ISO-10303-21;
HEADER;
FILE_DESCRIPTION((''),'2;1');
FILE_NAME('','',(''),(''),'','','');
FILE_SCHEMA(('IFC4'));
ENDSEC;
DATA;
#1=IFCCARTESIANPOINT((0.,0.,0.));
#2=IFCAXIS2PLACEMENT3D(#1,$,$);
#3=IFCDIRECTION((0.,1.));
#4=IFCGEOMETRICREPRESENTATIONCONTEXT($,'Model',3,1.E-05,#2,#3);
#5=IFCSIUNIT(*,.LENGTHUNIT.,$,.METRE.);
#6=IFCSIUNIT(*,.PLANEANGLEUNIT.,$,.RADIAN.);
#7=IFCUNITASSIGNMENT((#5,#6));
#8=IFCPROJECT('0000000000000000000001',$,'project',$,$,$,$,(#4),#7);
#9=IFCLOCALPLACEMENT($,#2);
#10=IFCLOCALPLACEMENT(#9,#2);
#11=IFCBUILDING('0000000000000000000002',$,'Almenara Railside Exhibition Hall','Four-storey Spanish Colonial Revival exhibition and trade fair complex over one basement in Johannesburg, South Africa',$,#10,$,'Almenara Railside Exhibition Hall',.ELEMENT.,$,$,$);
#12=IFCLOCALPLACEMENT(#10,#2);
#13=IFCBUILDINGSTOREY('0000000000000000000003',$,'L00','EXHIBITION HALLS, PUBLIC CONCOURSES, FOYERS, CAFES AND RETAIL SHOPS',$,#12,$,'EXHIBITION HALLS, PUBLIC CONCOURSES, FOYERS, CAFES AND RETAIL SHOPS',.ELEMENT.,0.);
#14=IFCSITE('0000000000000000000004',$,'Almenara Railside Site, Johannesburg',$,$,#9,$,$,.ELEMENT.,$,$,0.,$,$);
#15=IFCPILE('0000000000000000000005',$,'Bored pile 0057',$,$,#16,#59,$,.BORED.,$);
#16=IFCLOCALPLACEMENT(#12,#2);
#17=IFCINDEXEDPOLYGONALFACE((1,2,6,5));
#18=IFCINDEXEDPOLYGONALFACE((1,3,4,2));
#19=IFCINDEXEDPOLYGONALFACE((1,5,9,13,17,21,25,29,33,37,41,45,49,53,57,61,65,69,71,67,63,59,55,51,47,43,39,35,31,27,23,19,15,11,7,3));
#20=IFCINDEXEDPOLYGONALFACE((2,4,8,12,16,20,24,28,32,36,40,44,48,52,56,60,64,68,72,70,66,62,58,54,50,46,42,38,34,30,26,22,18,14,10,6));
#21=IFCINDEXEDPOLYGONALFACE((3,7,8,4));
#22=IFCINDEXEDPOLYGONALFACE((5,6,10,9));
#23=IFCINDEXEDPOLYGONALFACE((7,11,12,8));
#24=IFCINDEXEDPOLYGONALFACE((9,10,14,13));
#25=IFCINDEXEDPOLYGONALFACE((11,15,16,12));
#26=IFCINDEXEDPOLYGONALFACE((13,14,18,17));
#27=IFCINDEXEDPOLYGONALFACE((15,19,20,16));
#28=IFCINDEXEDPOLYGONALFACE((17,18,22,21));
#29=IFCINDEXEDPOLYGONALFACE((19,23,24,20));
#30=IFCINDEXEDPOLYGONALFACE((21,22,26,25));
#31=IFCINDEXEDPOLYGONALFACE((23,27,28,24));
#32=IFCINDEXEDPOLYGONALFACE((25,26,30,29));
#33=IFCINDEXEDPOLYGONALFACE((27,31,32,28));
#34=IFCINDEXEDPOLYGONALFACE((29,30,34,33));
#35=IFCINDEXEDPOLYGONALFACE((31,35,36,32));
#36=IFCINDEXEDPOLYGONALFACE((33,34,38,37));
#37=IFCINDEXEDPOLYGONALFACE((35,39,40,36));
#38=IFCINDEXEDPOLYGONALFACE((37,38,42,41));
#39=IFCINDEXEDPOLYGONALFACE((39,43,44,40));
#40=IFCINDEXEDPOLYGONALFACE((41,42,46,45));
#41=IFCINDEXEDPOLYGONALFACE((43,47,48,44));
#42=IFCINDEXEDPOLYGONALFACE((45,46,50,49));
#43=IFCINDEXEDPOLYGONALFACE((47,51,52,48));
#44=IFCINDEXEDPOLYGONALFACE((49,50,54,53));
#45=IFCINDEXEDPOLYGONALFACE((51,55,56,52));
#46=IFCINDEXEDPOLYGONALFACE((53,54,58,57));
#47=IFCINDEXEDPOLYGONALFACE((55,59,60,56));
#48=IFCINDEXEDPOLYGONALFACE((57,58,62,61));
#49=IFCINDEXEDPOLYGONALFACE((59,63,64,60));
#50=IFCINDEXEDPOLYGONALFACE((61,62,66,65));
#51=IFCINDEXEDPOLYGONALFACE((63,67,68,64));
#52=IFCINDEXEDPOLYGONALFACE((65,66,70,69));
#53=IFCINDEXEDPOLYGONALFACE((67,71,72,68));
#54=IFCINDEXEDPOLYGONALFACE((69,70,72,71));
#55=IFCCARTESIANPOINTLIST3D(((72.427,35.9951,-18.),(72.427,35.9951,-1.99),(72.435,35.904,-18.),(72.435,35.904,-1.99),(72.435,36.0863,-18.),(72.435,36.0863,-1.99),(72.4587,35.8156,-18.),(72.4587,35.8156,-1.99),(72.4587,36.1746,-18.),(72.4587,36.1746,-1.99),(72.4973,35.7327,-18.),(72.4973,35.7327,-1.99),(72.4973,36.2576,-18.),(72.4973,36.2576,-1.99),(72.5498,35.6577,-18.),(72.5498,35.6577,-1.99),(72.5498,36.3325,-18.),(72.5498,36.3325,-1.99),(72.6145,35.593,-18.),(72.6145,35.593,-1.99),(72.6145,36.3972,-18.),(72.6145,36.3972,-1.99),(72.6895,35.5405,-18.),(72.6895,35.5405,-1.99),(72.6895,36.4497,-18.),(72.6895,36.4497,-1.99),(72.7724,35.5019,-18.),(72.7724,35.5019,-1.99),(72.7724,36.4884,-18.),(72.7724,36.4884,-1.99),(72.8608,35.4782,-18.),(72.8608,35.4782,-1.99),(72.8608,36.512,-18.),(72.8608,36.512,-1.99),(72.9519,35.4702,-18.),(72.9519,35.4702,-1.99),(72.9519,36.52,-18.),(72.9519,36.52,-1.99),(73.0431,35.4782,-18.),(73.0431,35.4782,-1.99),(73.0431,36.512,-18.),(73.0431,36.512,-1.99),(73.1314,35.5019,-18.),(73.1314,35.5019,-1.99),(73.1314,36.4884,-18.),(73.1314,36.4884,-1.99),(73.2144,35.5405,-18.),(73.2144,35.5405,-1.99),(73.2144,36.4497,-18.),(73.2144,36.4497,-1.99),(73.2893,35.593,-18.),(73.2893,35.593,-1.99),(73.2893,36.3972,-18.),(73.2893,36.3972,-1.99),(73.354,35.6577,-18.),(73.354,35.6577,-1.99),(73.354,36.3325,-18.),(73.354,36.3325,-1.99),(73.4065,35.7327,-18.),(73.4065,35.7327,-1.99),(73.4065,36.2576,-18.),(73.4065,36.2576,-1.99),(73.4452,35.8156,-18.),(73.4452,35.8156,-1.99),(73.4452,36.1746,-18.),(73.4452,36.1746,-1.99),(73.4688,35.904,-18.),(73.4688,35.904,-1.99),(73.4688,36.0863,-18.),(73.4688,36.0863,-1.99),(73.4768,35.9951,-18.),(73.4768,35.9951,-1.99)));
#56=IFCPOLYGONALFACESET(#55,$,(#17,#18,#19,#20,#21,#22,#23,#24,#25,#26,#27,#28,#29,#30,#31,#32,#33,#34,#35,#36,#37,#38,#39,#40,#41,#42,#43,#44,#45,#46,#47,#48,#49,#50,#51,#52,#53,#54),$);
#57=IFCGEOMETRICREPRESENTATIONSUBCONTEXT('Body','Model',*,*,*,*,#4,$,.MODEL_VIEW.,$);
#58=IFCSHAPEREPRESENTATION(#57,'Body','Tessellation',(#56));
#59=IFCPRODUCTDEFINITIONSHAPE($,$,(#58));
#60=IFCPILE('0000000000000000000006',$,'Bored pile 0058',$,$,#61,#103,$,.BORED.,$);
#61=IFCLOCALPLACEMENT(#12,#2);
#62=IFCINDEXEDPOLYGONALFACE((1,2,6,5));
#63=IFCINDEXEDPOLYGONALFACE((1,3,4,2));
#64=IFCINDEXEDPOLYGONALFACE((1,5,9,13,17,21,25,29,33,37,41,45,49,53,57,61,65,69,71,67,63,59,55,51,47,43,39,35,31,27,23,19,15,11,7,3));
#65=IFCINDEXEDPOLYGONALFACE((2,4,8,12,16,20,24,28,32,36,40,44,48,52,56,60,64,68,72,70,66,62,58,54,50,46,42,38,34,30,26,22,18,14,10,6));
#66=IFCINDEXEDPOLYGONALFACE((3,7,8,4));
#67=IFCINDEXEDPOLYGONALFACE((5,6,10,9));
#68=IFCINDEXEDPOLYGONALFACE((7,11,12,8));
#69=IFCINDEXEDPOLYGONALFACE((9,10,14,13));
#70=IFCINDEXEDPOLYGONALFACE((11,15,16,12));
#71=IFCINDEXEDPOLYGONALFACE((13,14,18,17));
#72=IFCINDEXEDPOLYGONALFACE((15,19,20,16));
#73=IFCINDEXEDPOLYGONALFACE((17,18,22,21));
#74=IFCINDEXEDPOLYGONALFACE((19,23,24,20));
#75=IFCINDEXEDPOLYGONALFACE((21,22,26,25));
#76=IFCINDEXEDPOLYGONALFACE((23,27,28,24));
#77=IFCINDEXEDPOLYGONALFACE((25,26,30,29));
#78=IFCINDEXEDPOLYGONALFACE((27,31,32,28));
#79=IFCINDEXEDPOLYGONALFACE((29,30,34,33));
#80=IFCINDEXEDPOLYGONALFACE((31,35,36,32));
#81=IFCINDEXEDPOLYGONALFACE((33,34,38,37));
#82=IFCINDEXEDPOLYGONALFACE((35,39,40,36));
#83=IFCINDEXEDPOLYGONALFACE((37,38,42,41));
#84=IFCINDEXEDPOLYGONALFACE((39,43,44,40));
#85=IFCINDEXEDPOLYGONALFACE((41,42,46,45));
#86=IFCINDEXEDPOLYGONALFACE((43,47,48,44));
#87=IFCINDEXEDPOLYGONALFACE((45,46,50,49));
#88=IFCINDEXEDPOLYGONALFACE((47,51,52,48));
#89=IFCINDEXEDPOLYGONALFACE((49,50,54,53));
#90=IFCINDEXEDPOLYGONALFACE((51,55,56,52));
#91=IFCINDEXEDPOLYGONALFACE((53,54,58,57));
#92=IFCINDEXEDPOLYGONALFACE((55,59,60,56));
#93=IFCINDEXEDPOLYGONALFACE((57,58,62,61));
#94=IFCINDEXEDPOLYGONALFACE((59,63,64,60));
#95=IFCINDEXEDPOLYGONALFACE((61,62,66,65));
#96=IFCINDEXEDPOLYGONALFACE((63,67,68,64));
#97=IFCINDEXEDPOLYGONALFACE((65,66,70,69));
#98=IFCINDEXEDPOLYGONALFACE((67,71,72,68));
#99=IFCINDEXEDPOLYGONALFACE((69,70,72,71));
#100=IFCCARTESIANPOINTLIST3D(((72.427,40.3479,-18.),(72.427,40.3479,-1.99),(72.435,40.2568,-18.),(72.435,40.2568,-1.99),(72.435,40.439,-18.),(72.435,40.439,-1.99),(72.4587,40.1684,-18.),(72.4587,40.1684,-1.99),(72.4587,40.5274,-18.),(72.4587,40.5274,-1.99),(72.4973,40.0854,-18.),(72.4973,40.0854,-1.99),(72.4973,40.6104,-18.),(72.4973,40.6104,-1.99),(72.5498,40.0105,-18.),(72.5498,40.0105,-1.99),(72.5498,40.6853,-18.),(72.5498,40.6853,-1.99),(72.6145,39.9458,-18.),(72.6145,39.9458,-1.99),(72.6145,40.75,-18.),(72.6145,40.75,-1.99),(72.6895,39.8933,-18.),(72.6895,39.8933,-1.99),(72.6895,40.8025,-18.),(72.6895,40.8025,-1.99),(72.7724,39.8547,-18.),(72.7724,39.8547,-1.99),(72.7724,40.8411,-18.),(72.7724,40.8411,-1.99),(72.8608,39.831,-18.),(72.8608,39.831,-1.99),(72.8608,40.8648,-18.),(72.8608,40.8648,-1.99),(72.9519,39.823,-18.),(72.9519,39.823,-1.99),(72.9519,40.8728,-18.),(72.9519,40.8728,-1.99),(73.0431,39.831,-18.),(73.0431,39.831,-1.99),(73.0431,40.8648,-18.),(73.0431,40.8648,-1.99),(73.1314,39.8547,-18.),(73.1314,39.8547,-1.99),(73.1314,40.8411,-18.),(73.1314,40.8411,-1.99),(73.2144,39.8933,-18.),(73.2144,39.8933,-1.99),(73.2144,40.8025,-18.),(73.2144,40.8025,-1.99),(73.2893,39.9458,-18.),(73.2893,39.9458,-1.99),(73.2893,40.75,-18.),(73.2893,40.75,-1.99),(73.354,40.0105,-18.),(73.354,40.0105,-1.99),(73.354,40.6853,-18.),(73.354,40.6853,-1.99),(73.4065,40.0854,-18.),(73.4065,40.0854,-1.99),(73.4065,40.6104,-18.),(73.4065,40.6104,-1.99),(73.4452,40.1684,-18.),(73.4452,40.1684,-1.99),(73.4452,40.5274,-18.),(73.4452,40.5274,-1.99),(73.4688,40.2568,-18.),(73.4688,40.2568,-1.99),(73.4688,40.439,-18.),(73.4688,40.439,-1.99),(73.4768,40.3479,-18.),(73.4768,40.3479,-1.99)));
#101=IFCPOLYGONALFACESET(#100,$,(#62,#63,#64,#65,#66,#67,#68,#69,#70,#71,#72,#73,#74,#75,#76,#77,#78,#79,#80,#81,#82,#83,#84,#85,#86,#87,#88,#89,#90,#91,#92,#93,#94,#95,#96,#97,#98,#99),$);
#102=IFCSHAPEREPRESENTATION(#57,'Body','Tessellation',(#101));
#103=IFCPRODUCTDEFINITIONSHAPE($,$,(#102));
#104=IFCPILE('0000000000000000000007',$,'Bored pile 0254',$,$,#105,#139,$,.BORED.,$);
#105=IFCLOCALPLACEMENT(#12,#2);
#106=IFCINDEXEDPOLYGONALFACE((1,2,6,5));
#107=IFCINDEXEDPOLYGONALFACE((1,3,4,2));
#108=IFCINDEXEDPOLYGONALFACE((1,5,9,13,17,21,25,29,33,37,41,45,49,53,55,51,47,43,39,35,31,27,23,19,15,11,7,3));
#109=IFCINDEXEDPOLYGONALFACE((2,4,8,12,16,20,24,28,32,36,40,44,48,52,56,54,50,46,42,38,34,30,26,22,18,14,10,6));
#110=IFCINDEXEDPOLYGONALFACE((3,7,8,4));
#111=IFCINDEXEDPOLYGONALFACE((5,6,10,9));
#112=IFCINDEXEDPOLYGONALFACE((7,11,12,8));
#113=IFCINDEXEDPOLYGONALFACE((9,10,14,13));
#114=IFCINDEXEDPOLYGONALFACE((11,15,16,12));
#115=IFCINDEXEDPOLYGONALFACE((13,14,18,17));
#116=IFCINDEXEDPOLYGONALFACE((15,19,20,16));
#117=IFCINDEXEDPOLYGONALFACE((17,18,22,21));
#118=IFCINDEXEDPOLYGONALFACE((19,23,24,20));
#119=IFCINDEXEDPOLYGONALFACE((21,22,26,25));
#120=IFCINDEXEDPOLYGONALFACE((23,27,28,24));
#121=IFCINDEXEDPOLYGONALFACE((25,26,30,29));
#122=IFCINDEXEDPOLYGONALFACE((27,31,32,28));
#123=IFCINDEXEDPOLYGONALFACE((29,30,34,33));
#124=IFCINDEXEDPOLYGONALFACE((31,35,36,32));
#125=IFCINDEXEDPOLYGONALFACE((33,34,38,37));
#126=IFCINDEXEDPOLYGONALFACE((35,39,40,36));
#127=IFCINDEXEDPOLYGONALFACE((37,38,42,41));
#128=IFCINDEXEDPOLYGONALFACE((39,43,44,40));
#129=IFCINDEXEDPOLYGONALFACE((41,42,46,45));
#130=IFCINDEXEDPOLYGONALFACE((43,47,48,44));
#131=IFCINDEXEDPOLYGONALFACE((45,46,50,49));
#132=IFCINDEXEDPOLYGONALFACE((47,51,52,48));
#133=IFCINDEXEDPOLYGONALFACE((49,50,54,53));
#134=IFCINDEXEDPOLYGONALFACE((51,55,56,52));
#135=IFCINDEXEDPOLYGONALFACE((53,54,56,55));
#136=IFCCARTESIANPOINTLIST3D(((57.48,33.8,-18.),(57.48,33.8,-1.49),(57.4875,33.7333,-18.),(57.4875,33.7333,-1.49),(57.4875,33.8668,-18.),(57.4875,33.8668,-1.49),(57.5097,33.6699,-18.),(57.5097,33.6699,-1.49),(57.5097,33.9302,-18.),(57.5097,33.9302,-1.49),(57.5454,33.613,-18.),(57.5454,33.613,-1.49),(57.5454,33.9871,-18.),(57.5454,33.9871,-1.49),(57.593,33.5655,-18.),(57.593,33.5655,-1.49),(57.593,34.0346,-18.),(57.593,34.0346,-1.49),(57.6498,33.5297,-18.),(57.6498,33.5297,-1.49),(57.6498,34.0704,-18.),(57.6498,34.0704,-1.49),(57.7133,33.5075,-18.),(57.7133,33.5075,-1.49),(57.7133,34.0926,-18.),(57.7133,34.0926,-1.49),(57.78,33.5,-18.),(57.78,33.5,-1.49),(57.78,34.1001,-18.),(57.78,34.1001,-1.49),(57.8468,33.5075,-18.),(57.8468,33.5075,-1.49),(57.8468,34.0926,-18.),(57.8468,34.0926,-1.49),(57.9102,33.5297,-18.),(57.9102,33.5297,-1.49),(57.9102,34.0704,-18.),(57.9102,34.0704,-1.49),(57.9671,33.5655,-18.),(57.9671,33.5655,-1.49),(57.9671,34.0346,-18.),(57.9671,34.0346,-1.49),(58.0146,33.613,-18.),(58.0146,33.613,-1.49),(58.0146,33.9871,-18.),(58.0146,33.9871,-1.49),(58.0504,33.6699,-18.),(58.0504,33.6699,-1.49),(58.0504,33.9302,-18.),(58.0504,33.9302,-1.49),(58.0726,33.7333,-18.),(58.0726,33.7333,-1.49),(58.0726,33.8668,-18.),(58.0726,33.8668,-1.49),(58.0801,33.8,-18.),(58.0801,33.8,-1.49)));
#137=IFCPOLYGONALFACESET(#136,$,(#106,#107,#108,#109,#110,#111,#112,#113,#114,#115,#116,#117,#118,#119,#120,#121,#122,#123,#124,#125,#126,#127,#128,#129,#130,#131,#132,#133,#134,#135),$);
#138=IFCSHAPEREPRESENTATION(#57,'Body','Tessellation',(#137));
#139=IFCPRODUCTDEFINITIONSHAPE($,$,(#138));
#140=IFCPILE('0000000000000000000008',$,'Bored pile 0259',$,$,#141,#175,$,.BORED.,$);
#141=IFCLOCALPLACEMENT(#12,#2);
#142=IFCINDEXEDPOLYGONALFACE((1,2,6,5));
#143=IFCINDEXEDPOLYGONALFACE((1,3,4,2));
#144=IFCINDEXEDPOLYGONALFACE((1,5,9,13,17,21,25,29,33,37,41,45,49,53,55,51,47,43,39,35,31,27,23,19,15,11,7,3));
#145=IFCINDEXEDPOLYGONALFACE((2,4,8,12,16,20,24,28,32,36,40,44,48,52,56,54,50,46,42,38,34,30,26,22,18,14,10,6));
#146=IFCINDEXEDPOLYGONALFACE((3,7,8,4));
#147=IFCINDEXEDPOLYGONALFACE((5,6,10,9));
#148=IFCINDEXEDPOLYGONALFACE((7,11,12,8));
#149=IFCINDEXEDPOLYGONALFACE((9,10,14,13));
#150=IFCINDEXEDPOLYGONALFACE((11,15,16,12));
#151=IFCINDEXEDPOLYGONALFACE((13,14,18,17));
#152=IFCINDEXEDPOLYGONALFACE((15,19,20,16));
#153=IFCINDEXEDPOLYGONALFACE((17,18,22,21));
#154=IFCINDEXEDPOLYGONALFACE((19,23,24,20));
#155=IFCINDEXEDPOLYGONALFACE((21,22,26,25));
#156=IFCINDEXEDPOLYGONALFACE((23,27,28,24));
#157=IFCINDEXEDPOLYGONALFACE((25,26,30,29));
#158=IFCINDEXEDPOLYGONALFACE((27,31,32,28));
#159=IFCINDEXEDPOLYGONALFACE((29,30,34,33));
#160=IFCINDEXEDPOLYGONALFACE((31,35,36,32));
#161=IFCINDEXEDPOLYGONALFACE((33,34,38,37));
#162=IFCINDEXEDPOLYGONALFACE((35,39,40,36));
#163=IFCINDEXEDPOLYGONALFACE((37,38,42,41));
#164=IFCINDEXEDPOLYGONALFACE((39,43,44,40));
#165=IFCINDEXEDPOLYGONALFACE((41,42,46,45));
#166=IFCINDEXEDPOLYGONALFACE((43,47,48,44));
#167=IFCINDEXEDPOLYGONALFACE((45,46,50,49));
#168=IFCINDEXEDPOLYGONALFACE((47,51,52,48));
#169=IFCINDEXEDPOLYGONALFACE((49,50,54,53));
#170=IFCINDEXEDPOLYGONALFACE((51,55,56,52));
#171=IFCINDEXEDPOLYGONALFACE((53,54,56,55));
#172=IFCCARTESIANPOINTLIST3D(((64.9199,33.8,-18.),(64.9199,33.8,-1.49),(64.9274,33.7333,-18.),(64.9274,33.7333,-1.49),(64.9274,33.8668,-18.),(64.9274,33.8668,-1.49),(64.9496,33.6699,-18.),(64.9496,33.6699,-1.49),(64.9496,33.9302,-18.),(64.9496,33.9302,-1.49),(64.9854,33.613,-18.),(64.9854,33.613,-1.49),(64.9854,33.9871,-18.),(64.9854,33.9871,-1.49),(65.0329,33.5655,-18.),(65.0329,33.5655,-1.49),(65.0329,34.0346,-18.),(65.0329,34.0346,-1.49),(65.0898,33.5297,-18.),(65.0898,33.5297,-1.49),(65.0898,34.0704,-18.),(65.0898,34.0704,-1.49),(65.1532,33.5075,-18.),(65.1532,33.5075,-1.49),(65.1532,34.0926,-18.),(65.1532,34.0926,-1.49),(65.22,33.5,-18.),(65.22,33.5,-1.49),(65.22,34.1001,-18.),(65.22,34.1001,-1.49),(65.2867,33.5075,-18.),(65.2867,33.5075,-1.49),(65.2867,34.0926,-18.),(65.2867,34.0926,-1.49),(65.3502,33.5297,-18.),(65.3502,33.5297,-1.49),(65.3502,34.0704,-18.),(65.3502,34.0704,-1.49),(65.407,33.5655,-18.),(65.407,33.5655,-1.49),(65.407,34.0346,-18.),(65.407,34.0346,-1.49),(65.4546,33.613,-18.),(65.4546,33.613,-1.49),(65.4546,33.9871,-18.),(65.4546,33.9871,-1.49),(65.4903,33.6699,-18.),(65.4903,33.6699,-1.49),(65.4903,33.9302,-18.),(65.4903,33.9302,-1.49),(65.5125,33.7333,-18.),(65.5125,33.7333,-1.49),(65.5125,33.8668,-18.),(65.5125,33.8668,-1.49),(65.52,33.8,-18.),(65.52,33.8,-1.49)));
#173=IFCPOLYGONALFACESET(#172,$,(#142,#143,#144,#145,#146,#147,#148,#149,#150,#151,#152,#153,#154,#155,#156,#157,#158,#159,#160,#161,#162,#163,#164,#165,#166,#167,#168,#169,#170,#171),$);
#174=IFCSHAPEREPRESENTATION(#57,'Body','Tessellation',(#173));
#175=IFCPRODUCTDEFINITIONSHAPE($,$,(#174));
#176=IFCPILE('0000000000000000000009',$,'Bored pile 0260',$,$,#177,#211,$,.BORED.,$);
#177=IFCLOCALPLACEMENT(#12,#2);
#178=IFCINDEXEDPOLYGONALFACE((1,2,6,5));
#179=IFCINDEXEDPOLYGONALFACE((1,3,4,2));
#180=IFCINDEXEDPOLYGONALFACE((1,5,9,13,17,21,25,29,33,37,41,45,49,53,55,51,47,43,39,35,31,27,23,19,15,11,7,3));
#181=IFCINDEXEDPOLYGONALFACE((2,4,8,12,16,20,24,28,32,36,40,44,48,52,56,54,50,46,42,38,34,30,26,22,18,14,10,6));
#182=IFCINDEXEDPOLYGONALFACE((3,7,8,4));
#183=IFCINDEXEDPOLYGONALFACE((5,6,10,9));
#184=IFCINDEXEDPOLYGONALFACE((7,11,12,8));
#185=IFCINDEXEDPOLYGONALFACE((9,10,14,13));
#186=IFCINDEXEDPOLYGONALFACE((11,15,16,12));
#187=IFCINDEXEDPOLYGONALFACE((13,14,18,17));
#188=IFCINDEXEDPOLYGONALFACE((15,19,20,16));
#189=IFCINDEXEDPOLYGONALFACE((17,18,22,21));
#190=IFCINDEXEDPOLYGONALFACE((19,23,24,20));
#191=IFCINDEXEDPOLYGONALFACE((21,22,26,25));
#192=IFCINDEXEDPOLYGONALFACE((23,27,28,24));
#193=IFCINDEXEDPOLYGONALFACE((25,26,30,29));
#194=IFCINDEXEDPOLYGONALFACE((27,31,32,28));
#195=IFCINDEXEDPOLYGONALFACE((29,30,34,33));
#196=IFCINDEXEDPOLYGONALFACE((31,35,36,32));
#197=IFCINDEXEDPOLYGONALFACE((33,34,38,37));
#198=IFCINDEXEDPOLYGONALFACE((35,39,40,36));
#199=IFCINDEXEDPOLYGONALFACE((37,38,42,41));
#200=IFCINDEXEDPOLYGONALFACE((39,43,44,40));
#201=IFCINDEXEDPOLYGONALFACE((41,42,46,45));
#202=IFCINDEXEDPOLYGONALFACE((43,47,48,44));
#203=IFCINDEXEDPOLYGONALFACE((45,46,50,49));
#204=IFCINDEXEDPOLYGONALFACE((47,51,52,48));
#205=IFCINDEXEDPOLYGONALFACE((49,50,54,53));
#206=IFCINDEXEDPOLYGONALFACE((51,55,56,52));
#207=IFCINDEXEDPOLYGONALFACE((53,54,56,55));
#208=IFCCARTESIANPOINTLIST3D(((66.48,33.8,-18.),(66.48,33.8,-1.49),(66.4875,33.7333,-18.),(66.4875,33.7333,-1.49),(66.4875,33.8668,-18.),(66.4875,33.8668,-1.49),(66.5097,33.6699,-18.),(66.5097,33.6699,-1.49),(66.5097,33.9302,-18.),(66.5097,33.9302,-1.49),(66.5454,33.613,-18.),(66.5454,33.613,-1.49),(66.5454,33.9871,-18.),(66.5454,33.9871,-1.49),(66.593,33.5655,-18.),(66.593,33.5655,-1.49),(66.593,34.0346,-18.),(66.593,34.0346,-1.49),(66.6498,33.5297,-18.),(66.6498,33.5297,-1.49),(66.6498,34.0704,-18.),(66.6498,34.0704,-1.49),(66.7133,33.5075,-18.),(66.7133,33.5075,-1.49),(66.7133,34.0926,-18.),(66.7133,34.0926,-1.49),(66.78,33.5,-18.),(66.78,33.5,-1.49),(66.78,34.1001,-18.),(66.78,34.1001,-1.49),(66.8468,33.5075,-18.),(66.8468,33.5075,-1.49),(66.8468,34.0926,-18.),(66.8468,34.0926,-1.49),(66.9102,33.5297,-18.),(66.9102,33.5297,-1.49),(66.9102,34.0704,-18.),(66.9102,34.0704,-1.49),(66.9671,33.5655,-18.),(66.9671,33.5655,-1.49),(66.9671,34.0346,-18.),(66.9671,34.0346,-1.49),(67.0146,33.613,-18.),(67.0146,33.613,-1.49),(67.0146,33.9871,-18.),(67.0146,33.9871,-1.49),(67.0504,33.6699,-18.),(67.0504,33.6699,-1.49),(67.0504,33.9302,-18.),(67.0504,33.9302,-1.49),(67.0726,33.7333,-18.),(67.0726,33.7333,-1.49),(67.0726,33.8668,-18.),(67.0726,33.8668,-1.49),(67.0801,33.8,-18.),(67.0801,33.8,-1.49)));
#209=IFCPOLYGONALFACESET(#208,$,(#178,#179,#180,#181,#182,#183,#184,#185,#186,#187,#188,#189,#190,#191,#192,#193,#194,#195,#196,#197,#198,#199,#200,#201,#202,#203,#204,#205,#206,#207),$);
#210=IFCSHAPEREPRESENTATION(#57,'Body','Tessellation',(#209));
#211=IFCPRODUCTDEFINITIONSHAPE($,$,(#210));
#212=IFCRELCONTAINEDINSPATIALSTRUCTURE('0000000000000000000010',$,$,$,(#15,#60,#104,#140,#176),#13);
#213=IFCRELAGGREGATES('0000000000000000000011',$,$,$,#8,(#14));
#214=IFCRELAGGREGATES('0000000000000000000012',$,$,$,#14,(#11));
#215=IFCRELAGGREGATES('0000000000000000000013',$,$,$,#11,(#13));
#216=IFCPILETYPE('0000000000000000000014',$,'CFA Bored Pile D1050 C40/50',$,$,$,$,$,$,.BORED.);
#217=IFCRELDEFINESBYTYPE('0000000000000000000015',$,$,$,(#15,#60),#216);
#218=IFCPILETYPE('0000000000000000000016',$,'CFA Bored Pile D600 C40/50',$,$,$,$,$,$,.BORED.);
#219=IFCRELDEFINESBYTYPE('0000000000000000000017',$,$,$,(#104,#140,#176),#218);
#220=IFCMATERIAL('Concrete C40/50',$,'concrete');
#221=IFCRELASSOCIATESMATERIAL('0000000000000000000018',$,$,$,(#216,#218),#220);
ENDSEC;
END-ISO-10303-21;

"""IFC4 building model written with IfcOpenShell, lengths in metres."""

from ifc_helpers import new_model, si_unit, direction, frame, origin, origin_2d, place, context, subcontext, project, spatial, circle, extrude, material, material_profile, profile_set, type_object, element, save


model = new_model("IFC4")

# Units and contexts
model_context = context("Model", 3, precision=1e-05, world=origin(), true_north=direction((0.0, 1.0)))
body_context = subcontext(model_context, "Body", "Model", "MODEL_VIEW")
ifc_project = project(units=[si_unit("LENGTHUNIT", "METRE"), si_unit("PLANEANGLEUNIT", "RADIAN")], contexts=[model_context])

# Site, building, storey
site_placement = place(None, origin())
site = spatial("IfcSite", under=ifc_project, at=site_placement, Name="Almenara Railside Site, Johannesburg", CompositionType="ELEMENT", RefElevation=0.0)
building_placement = place(site_placement, origin())
building = spatial("IfcBuilding", under=site, at=building_placement, Name="Almenara Railside Exhibition Hall", Description="Four-storey Spanish Colonial Revival exhibition and trade fair complex over one basement in Johannesburg, South Africa", LongName="Almenara Railside Exhibition Hall", CompositionType="ELEMENT")
storey_placement = place(building_placement, origin())
storey = spatial("IfcBuildingStorey", under=building, at=storey_placement, Name="L00", Description="EXHIBITION HALLS, PUBLIC CONCOURSES, FOYERS, CAFES AND RETAIL SHOPS", LongName="EXHIBITION HALLS, PUBLIC CONCOURSES, FOYERS, CAFES AND RETAIL SHOPS", CompositionType="ELEMENT", Elevation=0.0)

# Piles
ifc_material_1 = material(Name="Concrete C40/50", Category="concrete")
ifc_material_profile_1 = material_profile(ifc_material_1, circle(Radius=0.5249, at=origin_2d()), Name="CFA-PILE D1050")
ifc_profile_set_1 = profile_set([ifc_material_profile_1], Name="Concrete C40/50")
pile_type_1 = type_object("IfcPileType", Name="CFA Bored Pile D1050 C40/50", PredefinedType="BORED", material=ifc_profile_set_1)
for number, where, z_axis, x_axis, name in (
    (1, (72.9519, 35.9951, -1.99), (0.0, 0.0, -1.0), (1.0, 0.0, 0.0), "Bored pile 0057"),
    (2, (72.9519, 40.3479, -1.99), (0.0, 0.0, -1.0), (1.0, 0.0, 0.0), "Bored pile 0058"),
):
    element("IfcPile", number, at=place(storey_placement, frame(where, z_axis=z_axis, x_axis=x_axis)), inside=storey, type_object=pile_type_1, Name=name, PredefinedType="BORED", context=body_context, shape_type="SweptSolid", body=[
        extrude(circle(Radius=0.5249, at=origin_2d()), origin(), (0.0, 0.0, 1.0), 16.01),
    ])
ifc_material_profile_2 = material_profile(ifc_material_1, circle(Radius=0.3, at=origin_2d()), Name="CFA-PILE D600")
ifc_profile_set_2 = profile_set([ifc_material_profile_2], Name="Concrete C40/50")
pile_type_2 = type_object("IfcPileType", Name="CFA Bored Pile D600 C40/50", PredefinedType="BORED", material=ifc_profile_set_2)
for number, where, z_axis, x_axis, name in (
    (3, (57.78, 33.8, -1.49), (0.0, 0.0, -1.0), (1.0, 0.0, 0.0), "Bored pile 0254"),
    (4, (65.22, 33.8, -1.49), (0.0, 0.0, -1.0), (1.0, 0.0, 0.0), "Bored pile 0259"),
    (5, (66.78, 33.8, -1.49), (0.0, 0.0, -1.0), (1.0, 0.0, 0.0), "Bored pile 0260"),
):
    element("IfcPile", number, at=place(storey_placement, frame(where, z_axis=z_axis, x_axis=x_axis)), inside=storey, type_object=pile_type_2, Name=name, PredefinedType="BORED", context=body_context, shape_type="SweptSolid", body=[
        extrude(circle(Radius=0.3, at=origin_2d()), origin(), (0.0, 0.0, 1.0), 16.51),
    ])

save(model, "model.ifc")
